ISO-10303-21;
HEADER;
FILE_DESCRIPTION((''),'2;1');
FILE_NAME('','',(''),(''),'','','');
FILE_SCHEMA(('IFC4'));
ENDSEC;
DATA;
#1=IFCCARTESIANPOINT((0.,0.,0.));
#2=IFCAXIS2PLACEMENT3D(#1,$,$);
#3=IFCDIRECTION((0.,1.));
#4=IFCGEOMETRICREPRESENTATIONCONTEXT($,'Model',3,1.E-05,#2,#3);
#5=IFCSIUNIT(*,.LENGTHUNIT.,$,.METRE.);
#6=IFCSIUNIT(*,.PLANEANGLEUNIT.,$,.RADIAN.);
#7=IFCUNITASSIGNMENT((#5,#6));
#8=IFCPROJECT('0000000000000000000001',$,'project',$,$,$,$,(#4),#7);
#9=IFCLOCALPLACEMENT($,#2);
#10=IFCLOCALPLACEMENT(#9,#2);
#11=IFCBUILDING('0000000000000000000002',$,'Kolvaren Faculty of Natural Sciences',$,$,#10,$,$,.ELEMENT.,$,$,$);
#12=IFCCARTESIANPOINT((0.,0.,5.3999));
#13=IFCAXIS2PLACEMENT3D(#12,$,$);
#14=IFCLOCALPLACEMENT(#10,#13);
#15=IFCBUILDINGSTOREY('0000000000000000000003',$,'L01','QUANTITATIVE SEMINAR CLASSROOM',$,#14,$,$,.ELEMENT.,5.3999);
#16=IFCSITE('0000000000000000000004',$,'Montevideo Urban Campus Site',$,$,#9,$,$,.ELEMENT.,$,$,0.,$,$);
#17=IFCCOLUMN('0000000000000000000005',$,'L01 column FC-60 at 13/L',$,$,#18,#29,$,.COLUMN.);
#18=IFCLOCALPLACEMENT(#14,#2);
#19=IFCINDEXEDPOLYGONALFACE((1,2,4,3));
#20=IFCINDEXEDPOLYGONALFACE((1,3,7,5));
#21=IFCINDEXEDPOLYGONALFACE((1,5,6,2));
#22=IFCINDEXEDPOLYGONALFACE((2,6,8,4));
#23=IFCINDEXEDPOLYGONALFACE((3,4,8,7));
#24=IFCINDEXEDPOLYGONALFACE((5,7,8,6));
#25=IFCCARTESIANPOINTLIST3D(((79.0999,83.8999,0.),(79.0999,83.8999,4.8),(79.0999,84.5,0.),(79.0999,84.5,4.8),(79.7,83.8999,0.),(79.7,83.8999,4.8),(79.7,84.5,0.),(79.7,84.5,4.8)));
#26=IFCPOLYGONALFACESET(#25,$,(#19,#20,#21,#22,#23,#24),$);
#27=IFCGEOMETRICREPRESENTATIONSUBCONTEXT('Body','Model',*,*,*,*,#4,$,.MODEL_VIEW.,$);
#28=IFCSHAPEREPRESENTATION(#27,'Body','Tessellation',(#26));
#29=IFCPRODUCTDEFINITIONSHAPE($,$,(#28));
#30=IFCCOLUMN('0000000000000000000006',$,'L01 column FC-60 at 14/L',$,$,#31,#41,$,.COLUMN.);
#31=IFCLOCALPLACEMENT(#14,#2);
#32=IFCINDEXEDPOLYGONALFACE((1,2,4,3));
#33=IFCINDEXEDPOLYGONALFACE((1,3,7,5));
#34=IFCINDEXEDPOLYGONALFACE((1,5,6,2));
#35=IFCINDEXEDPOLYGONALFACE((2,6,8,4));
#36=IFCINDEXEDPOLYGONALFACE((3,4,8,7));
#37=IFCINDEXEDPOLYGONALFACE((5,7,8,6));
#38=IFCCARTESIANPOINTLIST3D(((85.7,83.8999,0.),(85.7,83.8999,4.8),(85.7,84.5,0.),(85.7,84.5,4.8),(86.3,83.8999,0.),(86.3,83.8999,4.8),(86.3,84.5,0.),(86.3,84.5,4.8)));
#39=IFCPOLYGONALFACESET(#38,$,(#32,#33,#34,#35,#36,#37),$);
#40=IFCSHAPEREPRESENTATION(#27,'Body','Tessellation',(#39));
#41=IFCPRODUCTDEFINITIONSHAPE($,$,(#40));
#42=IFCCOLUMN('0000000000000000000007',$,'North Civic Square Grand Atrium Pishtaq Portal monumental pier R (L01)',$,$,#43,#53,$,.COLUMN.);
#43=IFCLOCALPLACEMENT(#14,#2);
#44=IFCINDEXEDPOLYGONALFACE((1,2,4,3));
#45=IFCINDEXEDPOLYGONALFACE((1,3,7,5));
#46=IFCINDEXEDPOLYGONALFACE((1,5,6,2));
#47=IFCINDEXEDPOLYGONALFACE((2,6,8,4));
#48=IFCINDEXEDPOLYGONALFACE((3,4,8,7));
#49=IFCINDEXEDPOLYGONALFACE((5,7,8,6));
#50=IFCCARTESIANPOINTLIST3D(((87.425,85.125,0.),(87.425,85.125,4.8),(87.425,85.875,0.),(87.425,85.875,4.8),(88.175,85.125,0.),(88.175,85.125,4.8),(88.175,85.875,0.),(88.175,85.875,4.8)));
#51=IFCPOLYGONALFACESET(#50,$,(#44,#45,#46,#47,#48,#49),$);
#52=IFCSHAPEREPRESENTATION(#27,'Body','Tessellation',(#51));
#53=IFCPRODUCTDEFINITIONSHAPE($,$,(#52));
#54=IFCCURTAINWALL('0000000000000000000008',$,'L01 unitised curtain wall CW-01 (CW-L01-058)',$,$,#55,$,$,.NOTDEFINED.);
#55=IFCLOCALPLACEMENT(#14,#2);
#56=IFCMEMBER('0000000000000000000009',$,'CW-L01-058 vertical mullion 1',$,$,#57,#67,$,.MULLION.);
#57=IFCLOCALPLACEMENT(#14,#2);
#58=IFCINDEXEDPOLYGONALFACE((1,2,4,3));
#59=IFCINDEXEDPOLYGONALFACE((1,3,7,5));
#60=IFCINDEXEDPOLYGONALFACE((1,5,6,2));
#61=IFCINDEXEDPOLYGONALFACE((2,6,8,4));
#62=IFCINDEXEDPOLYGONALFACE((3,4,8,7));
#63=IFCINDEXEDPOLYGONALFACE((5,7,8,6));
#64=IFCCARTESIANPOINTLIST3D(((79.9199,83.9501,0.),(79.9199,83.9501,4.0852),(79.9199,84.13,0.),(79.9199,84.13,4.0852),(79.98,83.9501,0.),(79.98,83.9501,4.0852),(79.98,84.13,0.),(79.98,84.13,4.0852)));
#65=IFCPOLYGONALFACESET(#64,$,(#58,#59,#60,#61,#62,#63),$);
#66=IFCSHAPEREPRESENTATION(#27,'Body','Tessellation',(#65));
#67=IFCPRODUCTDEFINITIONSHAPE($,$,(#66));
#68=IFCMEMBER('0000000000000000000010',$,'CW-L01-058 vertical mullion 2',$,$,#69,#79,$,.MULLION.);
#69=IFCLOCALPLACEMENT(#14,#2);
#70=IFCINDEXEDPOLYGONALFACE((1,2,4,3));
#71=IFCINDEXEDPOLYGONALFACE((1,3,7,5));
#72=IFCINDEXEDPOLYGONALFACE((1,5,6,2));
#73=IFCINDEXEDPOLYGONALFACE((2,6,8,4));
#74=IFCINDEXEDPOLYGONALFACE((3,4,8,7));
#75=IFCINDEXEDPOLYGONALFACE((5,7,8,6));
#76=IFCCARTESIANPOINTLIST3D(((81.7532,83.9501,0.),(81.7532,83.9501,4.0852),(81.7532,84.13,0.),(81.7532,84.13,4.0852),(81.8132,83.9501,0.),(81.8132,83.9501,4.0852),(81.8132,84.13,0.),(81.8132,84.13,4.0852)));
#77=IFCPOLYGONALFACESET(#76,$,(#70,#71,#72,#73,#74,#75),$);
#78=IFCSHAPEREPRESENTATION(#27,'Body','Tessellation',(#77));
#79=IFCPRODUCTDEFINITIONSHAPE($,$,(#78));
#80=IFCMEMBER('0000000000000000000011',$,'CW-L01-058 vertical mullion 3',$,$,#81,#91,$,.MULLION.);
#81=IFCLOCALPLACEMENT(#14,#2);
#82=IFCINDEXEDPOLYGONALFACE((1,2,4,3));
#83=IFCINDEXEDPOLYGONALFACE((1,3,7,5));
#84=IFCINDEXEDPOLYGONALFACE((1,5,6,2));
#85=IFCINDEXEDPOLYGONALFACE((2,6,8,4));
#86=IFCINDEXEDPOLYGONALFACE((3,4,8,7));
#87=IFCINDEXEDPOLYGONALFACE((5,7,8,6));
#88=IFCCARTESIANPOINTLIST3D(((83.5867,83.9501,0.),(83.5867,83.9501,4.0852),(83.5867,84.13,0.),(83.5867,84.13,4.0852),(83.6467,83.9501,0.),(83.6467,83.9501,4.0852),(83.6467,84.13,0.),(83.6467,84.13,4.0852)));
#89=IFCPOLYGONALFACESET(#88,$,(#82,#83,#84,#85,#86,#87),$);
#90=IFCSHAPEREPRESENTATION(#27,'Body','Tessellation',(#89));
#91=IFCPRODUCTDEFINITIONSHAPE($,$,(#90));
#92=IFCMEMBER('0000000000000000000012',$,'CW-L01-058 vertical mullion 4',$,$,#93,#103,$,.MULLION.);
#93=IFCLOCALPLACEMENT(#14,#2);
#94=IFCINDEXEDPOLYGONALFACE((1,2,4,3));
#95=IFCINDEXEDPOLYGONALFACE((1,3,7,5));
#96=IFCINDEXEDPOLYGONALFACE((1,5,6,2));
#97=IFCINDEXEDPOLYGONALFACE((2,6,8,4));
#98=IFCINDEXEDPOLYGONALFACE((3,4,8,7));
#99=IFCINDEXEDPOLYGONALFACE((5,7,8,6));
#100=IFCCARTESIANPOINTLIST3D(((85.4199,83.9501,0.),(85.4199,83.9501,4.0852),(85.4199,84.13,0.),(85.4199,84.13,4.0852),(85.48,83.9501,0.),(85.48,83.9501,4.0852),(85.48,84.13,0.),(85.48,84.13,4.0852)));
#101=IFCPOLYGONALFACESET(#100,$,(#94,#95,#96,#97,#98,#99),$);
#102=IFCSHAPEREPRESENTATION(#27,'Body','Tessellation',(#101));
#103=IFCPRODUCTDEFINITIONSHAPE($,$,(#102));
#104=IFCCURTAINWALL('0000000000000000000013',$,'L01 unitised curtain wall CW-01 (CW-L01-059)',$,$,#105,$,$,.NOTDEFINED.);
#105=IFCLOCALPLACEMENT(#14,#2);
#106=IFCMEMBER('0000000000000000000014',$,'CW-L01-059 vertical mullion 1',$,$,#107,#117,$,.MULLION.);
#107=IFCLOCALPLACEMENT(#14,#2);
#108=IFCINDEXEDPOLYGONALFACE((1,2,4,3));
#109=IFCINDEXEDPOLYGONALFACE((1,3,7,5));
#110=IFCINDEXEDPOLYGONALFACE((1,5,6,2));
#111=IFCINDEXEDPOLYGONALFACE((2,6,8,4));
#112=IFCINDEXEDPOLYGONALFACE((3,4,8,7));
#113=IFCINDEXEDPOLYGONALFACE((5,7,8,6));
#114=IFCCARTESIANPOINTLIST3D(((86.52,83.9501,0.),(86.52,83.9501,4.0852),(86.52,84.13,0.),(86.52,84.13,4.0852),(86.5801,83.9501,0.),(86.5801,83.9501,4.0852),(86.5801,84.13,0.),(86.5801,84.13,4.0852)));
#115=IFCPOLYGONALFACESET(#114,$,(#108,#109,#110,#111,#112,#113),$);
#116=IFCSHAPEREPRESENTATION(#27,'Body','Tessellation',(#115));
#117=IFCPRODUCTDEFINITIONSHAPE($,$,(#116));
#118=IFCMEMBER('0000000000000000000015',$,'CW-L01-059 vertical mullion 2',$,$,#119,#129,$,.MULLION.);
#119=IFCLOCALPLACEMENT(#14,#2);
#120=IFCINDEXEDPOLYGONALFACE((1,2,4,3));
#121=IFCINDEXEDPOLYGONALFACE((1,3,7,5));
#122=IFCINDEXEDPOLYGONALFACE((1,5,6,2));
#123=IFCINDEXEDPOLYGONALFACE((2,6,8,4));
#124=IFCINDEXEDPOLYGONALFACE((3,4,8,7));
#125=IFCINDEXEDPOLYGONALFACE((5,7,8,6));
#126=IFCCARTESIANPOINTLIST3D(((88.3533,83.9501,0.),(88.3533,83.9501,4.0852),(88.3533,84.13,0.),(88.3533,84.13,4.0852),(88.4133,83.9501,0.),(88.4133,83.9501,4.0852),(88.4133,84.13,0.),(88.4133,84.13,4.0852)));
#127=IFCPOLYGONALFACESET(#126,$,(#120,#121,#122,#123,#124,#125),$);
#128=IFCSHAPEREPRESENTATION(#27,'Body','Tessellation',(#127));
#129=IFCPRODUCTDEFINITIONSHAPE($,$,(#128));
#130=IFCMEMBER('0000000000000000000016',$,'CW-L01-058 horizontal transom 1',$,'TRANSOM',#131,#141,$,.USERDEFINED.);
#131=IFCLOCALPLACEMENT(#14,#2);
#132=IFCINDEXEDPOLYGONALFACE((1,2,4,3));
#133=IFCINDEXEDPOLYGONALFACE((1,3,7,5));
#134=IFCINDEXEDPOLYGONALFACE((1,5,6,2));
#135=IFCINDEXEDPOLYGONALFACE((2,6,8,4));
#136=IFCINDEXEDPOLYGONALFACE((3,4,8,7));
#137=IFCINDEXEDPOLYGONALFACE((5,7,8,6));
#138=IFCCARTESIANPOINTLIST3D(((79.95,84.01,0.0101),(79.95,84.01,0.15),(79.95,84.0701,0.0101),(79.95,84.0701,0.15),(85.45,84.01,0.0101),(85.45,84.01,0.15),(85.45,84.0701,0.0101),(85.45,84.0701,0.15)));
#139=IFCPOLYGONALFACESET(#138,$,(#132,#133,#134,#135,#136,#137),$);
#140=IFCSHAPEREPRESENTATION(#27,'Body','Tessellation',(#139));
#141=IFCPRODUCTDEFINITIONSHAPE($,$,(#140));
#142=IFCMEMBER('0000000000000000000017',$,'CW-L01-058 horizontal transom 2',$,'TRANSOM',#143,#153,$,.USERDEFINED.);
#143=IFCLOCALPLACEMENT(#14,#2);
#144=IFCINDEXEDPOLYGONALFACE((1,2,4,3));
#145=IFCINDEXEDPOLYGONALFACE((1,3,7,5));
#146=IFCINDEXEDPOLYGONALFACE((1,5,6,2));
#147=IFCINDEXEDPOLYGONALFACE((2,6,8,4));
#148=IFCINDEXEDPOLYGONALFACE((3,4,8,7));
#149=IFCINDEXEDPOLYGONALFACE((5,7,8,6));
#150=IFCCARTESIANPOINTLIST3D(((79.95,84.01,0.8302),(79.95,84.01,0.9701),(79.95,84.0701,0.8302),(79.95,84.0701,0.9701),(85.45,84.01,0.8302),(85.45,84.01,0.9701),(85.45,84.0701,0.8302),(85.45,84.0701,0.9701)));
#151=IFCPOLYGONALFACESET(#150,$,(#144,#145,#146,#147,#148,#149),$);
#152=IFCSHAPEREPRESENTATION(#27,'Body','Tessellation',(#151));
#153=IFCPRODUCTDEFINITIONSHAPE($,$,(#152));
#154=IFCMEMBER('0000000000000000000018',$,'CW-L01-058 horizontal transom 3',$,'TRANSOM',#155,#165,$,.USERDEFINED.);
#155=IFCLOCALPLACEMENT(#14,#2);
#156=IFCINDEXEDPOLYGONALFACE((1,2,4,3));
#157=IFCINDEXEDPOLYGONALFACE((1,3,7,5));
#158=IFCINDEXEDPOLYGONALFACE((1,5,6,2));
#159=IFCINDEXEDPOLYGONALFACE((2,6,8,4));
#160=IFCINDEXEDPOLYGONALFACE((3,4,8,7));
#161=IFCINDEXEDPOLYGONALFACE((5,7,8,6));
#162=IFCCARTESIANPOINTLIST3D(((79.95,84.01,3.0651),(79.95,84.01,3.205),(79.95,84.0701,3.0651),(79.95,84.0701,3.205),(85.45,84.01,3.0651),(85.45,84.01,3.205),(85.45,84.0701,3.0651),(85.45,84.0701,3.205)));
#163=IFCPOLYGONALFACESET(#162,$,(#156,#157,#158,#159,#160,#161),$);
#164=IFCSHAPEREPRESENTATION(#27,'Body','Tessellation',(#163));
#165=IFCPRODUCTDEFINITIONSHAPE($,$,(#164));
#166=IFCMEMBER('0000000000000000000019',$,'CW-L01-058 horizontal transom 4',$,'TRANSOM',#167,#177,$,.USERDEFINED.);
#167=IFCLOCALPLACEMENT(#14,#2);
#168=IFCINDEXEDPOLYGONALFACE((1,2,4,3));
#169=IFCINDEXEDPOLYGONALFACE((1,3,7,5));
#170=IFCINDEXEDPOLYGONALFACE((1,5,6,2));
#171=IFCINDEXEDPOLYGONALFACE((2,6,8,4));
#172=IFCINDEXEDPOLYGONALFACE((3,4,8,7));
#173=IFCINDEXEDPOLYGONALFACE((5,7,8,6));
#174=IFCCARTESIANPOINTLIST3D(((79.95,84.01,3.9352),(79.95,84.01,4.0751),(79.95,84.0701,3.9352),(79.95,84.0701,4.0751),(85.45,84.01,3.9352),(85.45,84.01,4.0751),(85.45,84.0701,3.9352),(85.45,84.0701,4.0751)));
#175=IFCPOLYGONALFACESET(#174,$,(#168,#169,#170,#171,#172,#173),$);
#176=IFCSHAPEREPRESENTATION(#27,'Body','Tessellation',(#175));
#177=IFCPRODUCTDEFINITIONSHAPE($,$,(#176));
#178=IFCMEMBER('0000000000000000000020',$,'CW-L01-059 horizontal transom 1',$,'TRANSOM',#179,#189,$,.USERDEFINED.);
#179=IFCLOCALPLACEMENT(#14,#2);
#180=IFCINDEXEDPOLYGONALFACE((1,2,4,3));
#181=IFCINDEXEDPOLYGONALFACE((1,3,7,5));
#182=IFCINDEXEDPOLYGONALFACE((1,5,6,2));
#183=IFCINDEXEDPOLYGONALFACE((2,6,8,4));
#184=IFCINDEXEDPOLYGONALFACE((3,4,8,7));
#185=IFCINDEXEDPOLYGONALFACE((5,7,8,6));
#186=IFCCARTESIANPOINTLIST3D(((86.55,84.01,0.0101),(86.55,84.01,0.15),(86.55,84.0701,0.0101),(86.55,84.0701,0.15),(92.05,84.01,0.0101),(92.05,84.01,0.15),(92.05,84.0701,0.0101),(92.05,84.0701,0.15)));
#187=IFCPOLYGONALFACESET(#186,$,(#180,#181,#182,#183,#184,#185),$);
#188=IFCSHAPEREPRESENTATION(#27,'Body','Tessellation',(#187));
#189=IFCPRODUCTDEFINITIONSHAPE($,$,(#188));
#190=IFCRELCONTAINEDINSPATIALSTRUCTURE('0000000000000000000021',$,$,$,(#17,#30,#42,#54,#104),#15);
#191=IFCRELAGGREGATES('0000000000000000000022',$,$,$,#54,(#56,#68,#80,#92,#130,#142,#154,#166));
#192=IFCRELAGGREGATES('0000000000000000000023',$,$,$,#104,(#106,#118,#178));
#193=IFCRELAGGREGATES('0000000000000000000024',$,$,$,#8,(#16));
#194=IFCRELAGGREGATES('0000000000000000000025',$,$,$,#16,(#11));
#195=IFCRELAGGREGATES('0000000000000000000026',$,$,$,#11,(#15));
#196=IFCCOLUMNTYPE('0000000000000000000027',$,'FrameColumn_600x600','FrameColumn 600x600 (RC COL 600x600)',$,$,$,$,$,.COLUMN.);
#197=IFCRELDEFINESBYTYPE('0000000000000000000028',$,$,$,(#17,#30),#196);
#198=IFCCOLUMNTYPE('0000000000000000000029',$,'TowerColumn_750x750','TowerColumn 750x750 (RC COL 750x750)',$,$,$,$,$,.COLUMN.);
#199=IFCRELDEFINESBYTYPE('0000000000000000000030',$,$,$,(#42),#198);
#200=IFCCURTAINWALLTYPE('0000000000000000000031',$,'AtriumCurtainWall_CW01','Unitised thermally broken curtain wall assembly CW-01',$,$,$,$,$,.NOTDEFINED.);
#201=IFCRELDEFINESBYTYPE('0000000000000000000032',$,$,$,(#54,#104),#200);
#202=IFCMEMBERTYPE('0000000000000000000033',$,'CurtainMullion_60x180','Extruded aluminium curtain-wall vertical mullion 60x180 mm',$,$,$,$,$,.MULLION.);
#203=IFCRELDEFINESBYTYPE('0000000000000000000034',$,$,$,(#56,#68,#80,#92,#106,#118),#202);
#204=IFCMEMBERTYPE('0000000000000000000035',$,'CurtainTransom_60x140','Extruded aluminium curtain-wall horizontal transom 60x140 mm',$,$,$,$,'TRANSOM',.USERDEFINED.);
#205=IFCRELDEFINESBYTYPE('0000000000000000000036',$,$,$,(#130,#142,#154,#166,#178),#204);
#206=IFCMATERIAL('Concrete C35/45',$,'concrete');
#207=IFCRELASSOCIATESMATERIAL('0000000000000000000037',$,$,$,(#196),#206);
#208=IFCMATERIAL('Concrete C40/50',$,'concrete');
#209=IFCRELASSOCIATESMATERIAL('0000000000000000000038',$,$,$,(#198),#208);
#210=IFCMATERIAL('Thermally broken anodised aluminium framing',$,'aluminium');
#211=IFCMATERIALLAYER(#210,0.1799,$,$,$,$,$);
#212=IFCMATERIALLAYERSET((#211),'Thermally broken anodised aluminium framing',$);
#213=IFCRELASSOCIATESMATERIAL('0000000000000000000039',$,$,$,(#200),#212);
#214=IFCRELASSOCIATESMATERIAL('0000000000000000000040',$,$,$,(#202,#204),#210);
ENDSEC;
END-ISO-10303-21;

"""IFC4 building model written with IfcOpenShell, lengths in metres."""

from ifc_helpers import new_model, si_unit, direction, frame, origin, origin_2d, place, context, subcontext, project, spatial, rectangle, extrude, material, layer, layer_set, material_profile, profile_set, type_object, element, aggregate, save


model = new_model("IFC4")

# Units and contexts
model_context = context("Model", 3, precision=1e-05, world=origin(), true_north=direction((0.0, 1.0)))
body_context = subcontext(model_context, "Body", "Model", "MODEL_VIEW")
ifc_project = project(units=[si_unit("LENGTHUNIT", "METRE"), si_unit("PLANEANGLEUNIT", "RADIAN")], contexts=[model_context])

# Site, building, storey
site_placement = place(None, origin())
site = spatial("IfcSite", under=ifc_project, at=site_placement, Name="Montevideo Urban Campus Site", CompositionType="ELEMENT", RefElevation=0.0)
building_placement = place(site_placement, origin())
building = spatial("IfcBuilding", under=site, at=building_placement, Name="Kolvaren Faculty of Natural Sciences", CompositionType="ELEMENT")
storey_placement = place(building_placement, frame((0.0, 0.0, 5.3999)))
storey = spatial("IfcBuildingStorey", under=building, at=storey_placement, Name="L01", Description="QUANTITATIVE SEMINAR CLASSROOM", CompositionType="ELEMENT", Elevation=5.3999)

# Columns
ifc_material_1 = material(Name="Concrete C35/45", Category="concrete")
ifc_material_profile_1 = material_profile(ifc_material_1, rectangle(XDim=0.6001, YDim=0.6001, at=origin_2d()), Name="RC COL 600x600")
ifc_profile_set_1 = profile_set([ifc_material_profile_1], Name="Concrete C35/45")
column_type_1 = type_object("IfcColumnType", Name="FrameColumn_600x600", Description="FrameColumn 600x600 (RC COL 600x600)", PredefinedType="COLUMN", material=ifc_profile_set_1)
for number, where, z_axis, x_axis, name in (
    (1, (79.3999, 84.2, 0.0), (0.0, 0.0, 1.0), (1.0, 0.0, 0.0), "L01 column FC-60 at 13/L"),
    (2, (86.0, 84.2, 0.0), (0.0, 0.0, 1.0), (1.0, 0.0, 0.0), "L01 column FC-60 at 14/L"),
):
    element("IfcColumn", number, at=place(storey_placement, frame(where, z_axis=z_axis, x_axis=x_axis)), inside=storey, type_object=column_type_1, Name=name, PredefinedType="COLUMN", context=body_context, shape_type="SweptSolid", body=[
        extrude(rectangle(XDim=0.6001, YDim=0.6001, at=origin_2d()), origin(), (0.0, 0.0, 1.0), 4.8),
    ])
ifc_material_2 = material(Name="Concrete C40/50", Category="concrete")
ifc_material_profile_2 = material_profile(ifc_material_2, rectangle(XDim=0.75, YDim=0.75, at=origin_2d()), Name="RC COL 750x750")
ifc_profile_set_2 = profile_set([ifc_material_profile_2], Name="Concrete C40/50")
column_type_2 = type_object("IfcColumnType", Name="TowerColumn_750x750", Description="TowerColumn 750x750 (RC COL 750x750)", PredefinedType="COLUMN", material=ifc_profile_set_2)
column_placement = place(storey_placement, frame((87.8, 85.5, 0.0), z_axis=(0.0, 0.0, 1.0), x_axis=(1.0, 0.0, 0.0)))
element("IfcColumn", 3, at=column_placement, inside=storey, type_object=column_type_2, Name="North Civic Square Grand Atrium Pishtaq Portal monumental pier R (L01)", PredefinedType="COLUMN", context=body_context, shape_type="SweptSolid", body=[
    extrude(rectangle(XDim=0.75, YDim=0.75, at=origin_2d()), origin(), (0.0, 0.0, 1.0), 4.8),
])

# Curtain walls, members
ifc_material_3 = material(Name="Thermally broken anodised aluminium framing", Category="aluminium")
ifc_layer_1 = layer(ifc_material_3, 0.1799)
ifc_layer_set_1 = layer_set([ifc_layer_1], Name="Thermally broken anodised aluminium framing")
curtain_wall_type = type_object("IfcCurtainWallType", Name="AtriumCurtainWall_CW01", Description="Unitised thermally broken curtain wall assembly CW-01", PredefinedType="NOTDEFINED", material=ifc_layer_set_1)
curtain_wall_1_placement = place(storey_placement, origin())
curtain_wall_1 = element("IfcCurtainWall", 4, at=curtain_wall_1_placement, inside=storey, type_object=curtain_wall_type, Name="L01 unitised curtain wall CW-01 (CW-L01-058)", PredefinedType="NOTDEFINED")
ifc_material_profile_3 = material_profile(ifc_material_3, rectangle(XDim=0.0601, YDim=0.1799, at=origin_2d()), Name="ALU MUL 60x180")
ifc_profile_set_3 = profile_set([ifc_material_profile_3], Name="Thermally broken anodised aluminium framing")
member_type_1 = type_object("IfcMemberType", Name="CurtainMullion_60x180", Description="Extruded aluminium curtain-wall vertical mullion 60x180 mm", PredefinedType="MULLION", material=ifc_profile_set_3)
member_1_placement = place(storey_placement, frame((79.95, 84.04, 0.0), z_axis=(0.0, 0.0, 1.0), x_axis=(1.0, 0.0, 0.0)))
member_1 = element("IfcMember", 5, at=member_1_placement, type_object=member_type_1, Name="CW-L01-058 vertical mullion 1", PredefinedType="MULLION", context=body_context, shape_type="SweptSolid", body=[
    extrude(rectangle(XDim=0.0601, YDim=0.1799, at=origin_2d()), origin(), (0.0, 0.0, 1.0), 4.0852),
])
member_2_placement = place(storey_placement, frame((81.7832, 84.04, 0.0), z_axis=(0.0, 0.0, 1.0), x_axis=(1.0, 0.0, 0.0)))
member_2 = element("IfcMember", 6, at=member_2_placement, type_object=member_type_1, Name="CW-L01-058 vertical mullion 2", PredefinedType="MULLION", context=body_context, shape_type="SweptSolid", body=[
    extrude(rectangle(XDim=0.0601, YDim=0.1799, at=origin_2d()), origin(), (0.0, 0.0, 1.0), 4.0852),
])
member_3_placement = place(storey_placement, frame((83.6167, 84.04, 0.0), z_axis=(0.0, 0.0, 1.0), x_axis=(1.0, 0.0, 0.0)))
member_3 = element("IfcMember", 7, at=member_3_placement, type_object=member_type_1, Name="CW-L01-058 vertical mullion 3", PredefinedType="MULLION", context=body_context, shape_type="SweptSolid", body=[
    extrude(rectangle(XDim=0.0601, YDim=0.1799, at=origin_2d()), origin(), (0.0, 0.0, 1.0), 4.0852),
])
member_4_placement = place(storey_placement, frame((85.45, 84.04, 0.0), z_axis=(0.0, 0.0, 1.0), x_axis=(1.0, 0.0, 0.0)))
member_4 = element("IfcMember", 8, at=member_4_placement, type_object=member_type_1, Name="CW-L01-058 vertical mullion 4", PredefinedType="MULLION", context=body_context, shape_type="SweptSolid", body=[
    extrude(rectangle(XDim=0.0601, YDim=0.1799, at=origin_2d()), origin(), (0.0, 0.0, 1.0), 4.0852),
])
curtain_wall_2_placement = place(storey_placement, origin())
curtain_wall_2 = element("IfcCurtainWall", 9, at=curtain_wall_2_placement, inside=storey, type_object=curtain_wall_type, Name="L01 unitised curtain wall CW-01 (CW-L01-059)", PredefinedType="NOTDEFINED")
member_5_placement = place(storey_placement, frame((86.55, 84.04, 0.0), z_axis=(0.0, 0.0, 1.0), x_axis=(1.0, 0.0, 0.0)))
member_5 = element("IfcMember", 10, at=member_5_placement, type_object=member_type_1, Name="CW-L01-059 vertical mullion 1", PredefinedType="MULLION", context=body_context, shape_type="SweptSolid", body=[
    extrude(rectangle(XDim=0.0601, YDim=0.1799, at=origin_2d()), origin(), (0.0, 0.0, 1.0), 4.0852),
])
member_6_placement = place(storey_placement, frame((88.3833, 84.04, 0.0), z_axis=(0.0, 0.0, 1.0), x_axis=(1.0, 0.0, 0.0)))
member_6 = element("IfcMember", 11, at=member_6_placement, type_object=member_type_1, Name="CW-L01-059 vertical mullion 2", PredefinedType="MULLION", context=body_context, shape_type="SweptSolid", body=[
    extrude(rectangle(XDim=0.0601, YDim=0.1799, at=origin_2d()), origin(), (0.0, 0.0, 1.0), 4.0852),
])

# Members
ifc_material_profile_4 = material_profile(ifc_material_3, rectangle(XDim=0.0601, YDim=0.1399, at=origin_2d()), Name="ALU TRN 60x140")
ifc_profile_set_4 = profile_set([ifc_material_profile_4], Name="Thermally broken anodised aluminium framing")
member_type_2 = type_object("IfcMemberType", Name="CurtainTransom_60x140", Description="Extruded aluminium curtain-wall horizontal transom 60x140 mm", ElementType="TRANSOM", PredefinedType="USERDEFINED", material=ifc_profile_set_4)
member_7_placement = place(storey_placement, frame((79.95, 84.04, 0.0801), z_axis=(1.0, 0.0, 0.0), x_axis=(0.0, 1.0, 0.0)))
member_7 = element("IfcMember", 12, at=member_7_placement, type_object=member_type_2, Name="CW-L01-058 horizontal transom 1", ObjectType="TRANSOM", PredefinedType="USERDEFINED", context=body_context, shape_type="SweptSolid", body=[
    extrude(rectangle(XDim=0.0601, YDim=0.1399, at=origin_2d()), origin(), (0.0, 0.0, 1.0), 5.5),
])
member_8_placement = place(storey_placement, frame((79.95, 84.04, 0.9001), z_axis=(1.0, 0.0, 0.0), x_axis=(0.0, 1.0, 0.0)))
member_8 = element("IfcMember", 13, at=member_8_placement, type_object=member_type_2, Name="CW-L01-058 horizontal transom 2", ObjectType="TRANSOM", PredefinedType="USERDEFINED", context=body_context, shape_type="SweptSolid", body=[
    extrude(rectangle(XDim=0.0601, YDim=0.1399, at=origin_2d()), origin(), (0.0, 0.0, 1.0), 5.5),
])
member_9_placement = place(storey_placement, frame((79.95, 84.04, 3.135), z_axis=(1.0, 0.0, 0.0), x_axis=(0.0, 1.0, 0.0)))
member_9 = element("IfcMember", 14, at=member_9_placement, type_object=member_type_2, Name="CW-L01-058 horizontal transom 3", ObjectType="TRANSOM", PredefinedType="USERDEFINED", context=body_context, shape_type="SweptSolid", body=[
    extrude(rectangle(XDim=0.0601, YDim=0.1399, at=origin_2d()), origin(), (0.0, 0.0, 1.0), 5.5),
])
member_10_placement = place(storey_placement, frame((79.95, 84.04, 4.0051), z_axis=(1.0, 0.0, 0.0), x_axis=(0.0, 1.0, 0.0)))
member_10 = element("IfcMember", 15, at=member_10_placement, type_object=member_type_2, Name="CW-L01-058 horizontal transom 4", ObjectType="TRANSOM", PredefinedType="USERDEFINED", context=body_context, shape_type="SweptSolid", body=[
    extrude(rectangle(XDim=0.0601, YDim=0.1399, at=origin_2d()), origin(), (0.0, 0.0, 1.0), 5.5),
])
member_11_placement = place(storey_placement, frame((86.55, 84.04, 0.0801), z_axis=(1.0, 0.0, 0.0), x_axis=(0.0, 1.0, 0.0)))
member_11 = element("IfcMember", 16, at=member_11_placement, type_object=member_type_2, Name="CW-L01-059 horizontal transom 1", ObjectType="TRANSOM", PredefinedType="USERDEFINED", context=body_context, shape_type="SweptSolid", body=[
    extrude(rectangle(XDim=0.0601, YDim=0.1399, at=origin_2d()), origin(), (0.0, 0.0, 1.0), 5.5),
])

aggregate(curtain_wall_1, [member_1, member_2, member_3, member_4, member_7, member_8, member_9, member_10])
aggregate(curtain_wall_2, [member_5, member_6, member_11])

save(model, "model.ifc")
